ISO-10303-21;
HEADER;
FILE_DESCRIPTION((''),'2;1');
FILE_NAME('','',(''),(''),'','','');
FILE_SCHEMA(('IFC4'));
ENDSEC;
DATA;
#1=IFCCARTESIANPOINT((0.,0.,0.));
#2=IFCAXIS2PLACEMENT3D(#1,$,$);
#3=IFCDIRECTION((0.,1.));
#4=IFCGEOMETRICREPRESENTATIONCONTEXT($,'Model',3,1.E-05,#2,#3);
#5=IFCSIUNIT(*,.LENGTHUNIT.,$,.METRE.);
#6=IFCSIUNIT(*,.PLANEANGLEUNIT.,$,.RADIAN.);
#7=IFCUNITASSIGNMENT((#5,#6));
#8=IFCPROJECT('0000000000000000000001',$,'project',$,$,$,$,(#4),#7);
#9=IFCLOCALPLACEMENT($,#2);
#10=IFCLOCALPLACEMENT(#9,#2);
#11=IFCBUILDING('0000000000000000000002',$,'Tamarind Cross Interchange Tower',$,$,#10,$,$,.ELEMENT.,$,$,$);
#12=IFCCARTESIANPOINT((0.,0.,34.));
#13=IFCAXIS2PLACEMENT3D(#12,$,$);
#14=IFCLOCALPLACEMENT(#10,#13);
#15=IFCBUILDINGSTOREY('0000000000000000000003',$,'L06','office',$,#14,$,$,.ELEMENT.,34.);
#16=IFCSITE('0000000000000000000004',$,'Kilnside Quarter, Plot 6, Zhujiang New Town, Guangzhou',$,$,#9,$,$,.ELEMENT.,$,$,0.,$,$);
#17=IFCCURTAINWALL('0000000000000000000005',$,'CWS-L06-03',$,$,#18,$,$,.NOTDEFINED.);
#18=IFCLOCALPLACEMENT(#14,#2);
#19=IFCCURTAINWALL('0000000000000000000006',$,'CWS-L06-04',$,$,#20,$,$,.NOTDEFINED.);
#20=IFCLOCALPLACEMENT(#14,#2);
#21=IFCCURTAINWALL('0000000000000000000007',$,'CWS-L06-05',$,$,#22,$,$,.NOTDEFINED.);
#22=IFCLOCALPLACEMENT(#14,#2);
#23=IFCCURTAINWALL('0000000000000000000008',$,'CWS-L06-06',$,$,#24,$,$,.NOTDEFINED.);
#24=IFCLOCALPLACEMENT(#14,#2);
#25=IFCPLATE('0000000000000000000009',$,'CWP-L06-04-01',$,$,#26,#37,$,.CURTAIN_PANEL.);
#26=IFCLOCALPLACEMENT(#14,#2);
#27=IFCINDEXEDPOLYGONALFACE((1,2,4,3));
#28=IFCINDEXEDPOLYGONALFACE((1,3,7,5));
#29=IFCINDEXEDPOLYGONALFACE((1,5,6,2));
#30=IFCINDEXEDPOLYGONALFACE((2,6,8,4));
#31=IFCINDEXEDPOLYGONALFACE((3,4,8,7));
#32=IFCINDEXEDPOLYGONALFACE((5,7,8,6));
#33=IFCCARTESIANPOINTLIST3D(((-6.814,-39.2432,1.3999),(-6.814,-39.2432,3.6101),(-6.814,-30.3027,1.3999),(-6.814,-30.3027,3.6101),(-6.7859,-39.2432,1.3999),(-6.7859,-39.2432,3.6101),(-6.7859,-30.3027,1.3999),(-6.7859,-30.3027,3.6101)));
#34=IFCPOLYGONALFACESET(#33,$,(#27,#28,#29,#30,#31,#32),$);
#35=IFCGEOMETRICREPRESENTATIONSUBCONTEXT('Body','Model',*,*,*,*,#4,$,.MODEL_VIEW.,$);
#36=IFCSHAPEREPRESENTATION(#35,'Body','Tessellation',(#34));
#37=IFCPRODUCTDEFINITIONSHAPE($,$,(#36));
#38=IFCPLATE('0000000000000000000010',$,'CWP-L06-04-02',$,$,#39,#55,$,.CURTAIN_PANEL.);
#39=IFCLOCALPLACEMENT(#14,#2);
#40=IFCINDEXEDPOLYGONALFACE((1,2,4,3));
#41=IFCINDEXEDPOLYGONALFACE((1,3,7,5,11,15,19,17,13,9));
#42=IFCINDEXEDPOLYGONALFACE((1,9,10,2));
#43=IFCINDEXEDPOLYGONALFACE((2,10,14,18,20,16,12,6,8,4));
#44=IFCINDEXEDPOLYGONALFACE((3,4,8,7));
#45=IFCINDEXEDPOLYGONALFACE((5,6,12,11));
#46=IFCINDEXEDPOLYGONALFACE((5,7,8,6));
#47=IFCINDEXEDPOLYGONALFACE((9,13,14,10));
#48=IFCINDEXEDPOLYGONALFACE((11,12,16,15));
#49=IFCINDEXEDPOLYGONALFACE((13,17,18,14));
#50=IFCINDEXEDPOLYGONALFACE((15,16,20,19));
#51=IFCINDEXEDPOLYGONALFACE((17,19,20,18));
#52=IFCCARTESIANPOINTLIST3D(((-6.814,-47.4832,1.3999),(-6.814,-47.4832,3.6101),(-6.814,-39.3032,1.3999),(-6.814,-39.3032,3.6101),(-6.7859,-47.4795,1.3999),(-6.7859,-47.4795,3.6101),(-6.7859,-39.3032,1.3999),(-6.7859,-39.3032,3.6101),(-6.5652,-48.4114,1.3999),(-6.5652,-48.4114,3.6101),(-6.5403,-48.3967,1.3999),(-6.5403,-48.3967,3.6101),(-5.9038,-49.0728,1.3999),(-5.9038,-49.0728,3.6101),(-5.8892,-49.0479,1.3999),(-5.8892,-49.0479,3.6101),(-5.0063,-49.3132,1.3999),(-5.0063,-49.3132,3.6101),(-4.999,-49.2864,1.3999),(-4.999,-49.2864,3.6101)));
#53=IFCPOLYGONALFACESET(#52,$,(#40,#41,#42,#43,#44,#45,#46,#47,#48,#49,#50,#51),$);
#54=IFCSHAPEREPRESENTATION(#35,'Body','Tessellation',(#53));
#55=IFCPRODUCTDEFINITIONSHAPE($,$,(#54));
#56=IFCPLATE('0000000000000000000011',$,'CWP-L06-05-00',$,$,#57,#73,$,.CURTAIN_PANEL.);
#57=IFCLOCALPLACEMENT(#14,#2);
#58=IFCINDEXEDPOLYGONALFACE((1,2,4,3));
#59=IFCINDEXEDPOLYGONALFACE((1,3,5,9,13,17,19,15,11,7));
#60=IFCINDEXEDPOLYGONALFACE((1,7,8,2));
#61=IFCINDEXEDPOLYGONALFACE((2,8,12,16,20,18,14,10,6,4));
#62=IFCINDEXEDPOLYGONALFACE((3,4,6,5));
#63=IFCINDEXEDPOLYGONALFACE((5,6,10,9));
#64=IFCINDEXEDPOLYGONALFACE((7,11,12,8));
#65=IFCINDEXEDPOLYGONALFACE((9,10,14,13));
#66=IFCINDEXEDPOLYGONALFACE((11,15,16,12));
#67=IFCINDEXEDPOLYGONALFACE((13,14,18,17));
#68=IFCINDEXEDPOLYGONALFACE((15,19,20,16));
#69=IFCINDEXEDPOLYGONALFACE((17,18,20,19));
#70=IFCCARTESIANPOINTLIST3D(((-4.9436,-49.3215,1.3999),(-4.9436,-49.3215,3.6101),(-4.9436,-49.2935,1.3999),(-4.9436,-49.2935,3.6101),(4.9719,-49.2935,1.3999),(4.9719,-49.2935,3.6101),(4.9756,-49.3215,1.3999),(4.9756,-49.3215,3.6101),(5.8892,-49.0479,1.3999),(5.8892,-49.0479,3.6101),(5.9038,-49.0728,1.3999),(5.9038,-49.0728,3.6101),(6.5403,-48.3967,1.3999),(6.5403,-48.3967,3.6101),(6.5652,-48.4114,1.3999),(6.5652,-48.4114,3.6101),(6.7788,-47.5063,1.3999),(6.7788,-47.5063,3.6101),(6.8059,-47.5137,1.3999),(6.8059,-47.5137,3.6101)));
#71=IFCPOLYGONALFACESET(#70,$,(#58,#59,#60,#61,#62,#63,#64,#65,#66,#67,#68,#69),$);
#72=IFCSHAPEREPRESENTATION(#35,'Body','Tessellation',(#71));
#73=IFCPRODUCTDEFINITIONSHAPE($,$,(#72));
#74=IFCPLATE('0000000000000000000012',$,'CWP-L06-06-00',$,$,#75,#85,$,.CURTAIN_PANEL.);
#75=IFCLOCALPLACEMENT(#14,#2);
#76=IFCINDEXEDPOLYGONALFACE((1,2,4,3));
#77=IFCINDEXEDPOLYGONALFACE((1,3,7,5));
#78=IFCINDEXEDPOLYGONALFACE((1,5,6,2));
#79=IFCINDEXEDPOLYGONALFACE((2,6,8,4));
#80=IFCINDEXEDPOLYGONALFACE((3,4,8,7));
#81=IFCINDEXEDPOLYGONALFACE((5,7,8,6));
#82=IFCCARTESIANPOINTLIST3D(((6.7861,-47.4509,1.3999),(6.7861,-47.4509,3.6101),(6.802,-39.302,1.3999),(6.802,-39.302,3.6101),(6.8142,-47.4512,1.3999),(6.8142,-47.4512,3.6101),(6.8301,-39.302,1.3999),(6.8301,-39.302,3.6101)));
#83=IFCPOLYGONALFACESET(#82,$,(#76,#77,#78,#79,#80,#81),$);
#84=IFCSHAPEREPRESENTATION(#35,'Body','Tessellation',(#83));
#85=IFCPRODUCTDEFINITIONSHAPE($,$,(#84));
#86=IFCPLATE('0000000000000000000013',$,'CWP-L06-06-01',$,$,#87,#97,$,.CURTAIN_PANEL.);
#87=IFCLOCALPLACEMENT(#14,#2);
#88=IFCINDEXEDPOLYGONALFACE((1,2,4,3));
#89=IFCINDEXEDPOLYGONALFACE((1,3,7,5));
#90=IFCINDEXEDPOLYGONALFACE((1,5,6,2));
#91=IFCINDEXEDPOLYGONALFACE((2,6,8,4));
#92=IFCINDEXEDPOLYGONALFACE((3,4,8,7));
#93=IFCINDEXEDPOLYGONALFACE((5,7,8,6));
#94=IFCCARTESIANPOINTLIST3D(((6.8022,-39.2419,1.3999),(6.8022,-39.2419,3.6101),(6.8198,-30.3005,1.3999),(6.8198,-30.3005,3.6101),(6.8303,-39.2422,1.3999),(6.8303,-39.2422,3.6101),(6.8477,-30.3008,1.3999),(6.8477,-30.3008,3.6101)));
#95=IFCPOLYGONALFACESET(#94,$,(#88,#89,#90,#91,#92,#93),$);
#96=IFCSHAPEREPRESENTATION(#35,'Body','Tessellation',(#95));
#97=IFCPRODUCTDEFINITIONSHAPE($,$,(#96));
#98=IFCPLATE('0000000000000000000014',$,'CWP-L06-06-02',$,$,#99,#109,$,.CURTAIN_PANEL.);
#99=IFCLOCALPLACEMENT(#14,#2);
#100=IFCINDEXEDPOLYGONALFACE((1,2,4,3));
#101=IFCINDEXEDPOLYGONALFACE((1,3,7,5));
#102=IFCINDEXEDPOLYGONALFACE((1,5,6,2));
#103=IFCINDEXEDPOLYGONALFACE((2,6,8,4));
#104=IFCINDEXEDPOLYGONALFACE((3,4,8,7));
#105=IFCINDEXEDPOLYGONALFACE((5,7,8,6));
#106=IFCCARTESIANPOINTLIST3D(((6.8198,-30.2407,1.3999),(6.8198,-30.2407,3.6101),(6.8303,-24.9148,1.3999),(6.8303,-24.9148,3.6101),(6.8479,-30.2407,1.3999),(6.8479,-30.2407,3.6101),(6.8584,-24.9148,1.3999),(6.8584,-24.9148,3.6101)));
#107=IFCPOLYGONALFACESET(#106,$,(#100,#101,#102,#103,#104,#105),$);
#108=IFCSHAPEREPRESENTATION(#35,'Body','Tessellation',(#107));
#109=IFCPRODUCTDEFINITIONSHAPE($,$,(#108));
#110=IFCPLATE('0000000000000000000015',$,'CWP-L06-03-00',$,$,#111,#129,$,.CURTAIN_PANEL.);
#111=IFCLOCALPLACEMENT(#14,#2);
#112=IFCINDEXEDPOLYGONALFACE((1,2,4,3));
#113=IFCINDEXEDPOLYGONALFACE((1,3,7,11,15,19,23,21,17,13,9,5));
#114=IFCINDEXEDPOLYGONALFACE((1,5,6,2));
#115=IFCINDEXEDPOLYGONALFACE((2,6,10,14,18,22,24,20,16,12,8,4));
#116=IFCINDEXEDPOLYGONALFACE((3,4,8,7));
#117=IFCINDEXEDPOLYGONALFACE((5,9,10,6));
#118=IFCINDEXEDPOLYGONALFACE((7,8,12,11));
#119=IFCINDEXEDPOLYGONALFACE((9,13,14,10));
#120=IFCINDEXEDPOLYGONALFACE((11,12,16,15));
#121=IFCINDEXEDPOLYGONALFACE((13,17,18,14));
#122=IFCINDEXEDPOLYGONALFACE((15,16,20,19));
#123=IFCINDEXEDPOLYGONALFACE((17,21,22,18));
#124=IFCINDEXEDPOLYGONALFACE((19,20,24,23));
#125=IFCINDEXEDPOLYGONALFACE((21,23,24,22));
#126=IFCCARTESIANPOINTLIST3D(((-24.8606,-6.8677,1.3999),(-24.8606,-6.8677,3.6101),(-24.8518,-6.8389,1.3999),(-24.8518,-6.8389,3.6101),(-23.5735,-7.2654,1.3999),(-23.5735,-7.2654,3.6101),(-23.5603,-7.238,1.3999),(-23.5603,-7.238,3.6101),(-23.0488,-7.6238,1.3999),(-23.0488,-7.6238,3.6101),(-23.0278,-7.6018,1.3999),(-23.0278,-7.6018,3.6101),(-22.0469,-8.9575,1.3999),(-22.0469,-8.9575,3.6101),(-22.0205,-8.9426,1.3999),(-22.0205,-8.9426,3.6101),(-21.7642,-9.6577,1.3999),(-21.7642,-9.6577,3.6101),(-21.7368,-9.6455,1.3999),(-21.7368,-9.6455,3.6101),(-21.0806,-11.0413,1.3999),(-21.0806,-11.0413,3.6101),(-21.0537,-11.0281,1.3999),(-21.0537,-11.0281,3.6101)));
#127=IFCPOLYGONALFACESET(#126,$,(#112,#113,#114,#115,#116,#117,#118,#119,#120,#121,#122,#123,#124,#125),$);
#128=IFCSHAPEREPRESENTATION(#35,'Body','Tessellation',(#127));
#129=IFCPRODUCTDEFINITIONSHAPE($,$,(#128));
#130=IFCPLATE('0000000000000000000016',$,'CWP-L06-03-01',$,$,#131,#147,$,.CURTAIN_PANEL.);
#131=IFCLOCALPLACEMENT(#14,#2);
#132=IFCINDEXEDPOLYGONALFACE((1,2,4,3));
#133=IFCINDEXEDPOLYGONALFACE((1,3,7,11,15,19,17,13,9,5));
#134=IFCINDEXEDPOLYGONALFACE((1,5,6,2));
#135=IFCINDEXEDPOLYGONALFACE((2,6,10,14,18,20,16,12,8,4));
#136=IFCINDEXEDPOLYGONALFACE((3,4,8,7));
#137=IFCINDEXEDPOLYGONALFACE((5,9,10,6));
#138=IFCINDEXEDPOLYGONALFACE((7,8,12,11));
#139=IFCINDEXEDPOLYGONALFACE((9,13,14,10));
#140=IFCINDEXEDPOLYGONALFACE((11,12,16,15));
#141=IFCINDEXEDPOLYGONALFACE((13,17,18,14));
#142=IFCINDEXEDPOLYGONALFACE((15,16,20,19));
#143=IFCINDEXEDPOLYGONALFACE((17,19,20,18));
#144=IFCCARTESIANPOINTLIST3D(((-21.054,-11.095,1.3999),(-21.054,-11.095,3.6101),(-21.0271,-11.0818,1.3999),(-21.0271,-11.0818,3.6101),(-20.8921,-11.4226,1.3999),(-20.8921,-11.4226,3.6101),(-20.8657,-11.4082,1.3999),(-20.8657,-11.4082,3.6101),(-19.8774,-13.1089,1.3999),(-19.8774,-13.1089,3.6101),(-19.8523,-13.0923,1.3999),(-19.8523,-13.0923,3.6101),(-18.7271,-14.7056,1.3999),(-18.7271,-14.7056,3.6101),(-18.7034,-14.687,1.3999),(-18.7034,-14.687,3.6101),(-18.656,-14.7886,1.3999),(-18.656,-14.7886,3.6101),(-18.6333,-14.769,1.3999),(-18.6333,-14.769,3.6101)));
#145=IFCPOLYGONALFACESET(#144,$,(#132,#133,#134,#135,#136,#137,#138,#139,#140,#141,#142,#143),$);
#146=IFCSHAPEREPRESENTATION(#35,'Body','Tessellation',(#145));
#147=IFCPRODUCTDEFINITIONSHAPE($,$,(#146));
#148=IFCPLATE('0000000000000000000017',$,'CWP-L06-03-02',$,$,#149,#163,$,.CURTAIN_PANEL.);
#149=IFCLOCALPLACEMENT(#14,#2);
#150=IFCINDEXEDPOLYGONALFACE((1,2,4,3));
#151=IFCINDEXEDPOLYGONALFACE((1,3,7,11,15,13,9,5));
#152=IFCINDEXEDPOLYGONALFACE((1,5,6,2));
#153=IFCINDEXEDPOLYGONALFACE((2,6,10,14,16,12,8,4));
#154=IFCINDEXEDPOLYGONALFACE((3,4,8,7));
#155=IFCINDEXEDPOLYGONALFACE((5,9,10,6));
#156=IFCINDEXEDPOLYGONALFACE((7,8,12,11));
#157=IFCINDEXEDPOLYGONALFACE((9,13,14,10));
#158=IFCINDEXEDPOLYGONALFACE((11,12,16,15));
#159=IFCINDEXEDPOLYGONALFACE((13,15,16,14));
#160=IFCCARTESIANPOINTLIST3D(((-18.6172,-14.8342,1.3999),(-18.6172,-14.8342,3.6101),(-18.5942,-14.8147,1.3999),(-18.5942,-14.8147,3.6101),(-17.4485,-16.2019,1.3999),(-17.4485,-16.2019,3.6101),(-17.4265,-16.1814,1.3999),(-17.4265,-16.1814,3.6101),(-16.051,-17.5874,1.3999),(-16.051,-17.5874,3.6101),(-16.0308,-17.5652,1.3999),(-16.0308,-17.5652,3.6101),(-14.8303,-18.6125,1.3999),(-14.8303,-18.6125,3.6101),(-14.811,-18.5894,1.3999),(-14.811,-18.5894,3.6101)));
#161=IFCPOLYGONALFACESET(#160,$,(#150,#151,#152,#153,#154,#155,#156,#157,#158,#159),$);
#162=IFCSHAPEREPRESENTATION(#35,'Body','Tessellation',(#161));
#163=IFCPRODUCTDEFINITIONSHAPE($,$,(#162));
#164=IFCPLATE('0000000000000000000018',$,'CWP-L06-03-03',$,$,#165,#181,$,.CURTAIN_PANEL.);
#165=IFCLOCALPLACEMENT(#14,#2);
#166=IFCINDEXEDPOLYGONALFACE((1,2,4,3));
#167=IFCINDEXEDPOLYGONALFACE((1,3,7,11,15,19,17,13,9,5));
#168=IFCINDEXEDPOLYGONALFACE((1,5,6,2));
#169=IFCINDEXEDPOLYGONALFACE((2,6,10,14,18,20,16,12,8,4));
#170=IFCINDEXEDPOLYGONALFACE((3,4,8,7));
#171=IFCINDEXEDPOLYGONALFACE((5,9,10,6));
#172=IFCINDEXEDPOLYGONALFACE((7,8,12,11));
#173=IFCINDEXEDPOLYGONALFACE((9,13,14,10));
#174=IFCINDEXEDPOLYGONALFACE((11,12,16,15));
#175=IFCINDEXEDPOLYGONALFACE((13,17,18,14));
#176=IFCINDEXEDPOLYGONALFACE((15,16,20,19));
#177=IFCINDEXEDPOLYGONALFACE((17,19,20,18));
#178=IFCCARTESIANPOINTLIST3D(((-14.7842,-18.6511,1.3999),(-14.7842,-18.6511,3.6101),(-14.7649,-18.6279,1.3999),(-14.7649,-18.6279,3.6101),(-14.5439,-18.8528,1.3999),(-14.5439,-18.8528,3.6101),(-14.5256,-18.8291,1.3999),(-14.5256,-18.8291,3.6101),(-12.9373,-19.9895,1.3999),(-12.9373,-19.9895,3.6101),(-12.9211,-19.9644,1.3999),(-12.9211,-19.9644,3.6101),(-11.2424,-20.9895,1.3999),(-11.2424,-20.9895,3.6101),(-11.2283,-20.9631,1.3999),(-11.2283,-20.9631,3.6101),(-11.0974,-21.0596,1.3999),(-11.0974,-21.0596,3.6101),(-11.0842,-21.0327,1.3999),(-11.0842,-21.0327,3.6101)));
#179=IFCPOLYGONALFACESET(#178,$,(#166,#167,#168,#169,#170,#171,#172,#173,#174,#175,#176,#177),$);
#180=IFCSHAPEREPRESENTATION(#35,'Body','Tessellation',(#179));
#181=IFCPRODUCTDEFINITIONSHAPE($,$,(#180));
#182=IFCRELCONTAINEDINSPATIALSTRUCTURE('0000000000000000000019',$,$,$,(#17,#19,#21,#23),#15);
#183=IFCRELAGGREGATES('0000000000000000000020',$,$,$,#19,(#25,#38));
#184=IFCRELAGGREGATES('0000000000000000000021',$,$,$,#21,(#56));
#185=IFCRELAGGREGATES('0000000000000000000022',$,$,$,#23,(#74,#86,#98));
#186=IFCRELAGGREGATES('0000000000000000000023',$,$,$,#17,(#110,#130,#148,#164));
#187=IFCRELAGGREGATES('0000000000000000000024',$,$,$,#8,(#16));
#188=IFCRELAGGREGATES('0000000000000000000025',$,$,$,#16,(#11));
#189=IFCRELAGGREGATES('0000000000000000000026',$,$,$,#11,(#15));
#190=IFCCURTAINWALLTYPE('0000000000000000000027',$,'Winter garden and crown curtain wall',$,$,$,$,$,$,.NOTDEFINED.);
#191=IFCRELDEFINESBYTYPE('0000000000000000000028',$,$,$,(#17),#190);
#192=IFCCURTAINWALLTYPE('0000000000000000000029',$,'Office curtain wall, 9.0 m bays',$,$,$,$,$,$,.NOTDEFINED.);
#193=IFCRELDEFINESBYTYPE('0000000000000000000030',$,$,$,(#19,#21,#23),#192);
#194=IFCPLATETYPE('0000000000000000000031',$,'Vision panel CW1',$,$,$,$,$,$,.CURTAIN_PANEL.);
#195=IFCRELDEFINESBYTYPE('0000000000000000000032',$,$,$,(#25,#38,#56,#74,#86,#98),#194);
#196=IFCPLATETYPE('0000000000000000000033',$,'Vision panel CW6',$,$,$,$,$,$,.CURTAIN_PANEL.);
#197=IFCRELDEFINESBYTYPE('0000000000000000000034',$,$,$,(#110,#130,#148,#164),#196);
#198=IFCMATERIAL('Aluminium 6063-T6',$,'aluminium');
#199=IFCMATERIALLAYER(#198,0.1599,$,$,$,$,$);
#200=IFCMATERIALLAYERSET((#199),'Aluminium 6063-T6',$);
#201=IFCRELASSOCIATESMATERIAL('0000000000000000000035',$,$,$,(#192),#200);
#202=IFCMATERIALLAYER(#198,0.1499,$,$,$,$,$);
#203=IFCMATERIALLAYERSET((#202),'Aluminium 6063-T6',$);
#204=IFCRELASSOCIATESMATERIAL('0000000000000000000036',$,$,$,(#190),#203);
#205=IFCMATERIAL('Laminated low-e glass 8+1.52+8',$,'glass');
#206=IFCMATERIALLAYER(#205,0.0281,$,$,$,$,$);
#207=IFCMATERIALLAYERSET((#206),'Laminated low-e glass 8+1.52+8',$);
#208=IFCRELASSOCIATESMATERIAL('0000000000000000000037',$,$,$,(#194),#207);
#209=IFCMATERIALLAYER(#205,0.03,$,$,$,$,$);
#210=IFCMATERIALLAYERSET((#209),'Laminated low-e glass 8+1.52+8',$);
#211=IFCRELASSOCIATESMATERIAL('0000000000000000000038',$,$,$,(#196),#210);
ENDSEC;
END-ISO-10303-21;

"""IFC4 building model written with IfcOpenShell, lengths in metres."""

from ifc_helpers import new_model, si_unit, direction, frame, origin, place, context, subcontext, project, spatial, polyline, outline, extrude, material, layer, layer_set, type_object, element, aggregate, save


model = new_model("IFC4")

# Units and contexts
model_context = context("Model", 3, precision=1e-05, world=origin(), true_north=direction((0.0, 1.0)))
body_context = subcontext(model_context, "Body", "Model", "MODEL_VIEW")
ifc_project = project(units=[si_unit("LENGTHUNIT", "METRE"), si_unit("PLANEANGLEUNIT", "RADIAN")], contexts=[model_context])

# Site, building, storey
site_placement = place(None, origin())
site = spatial("IfcSite", under=ifc_project, at=site_placement, Name="Kilnside Quarter, Plot 6, Zhujiang New Town, Guangzhou", CompositionType="ELEMENT", RefElevation=0.0)
building_placement = place(site_placement, origin())
building = spatial("IfcBuilding", under=site, at=building_placement, Name="Tamarind Cross Interchange Tower", CompositionType="ELEMENT")
storey_placement = place(building_placement, frame((0.0, 0.0, 34.0)))
storey = spatial("IfcBuildingStorey", under=building, at=storey_placement, Name="L06", Description="office", CompositionType="ELEMENT", Elevation=34.0)

# Curtain walls
ifc_material_1 = material(Name="Aluminium 6063-T6", Category="aluminium")
ifc_layer_1 = layer(ifc_material_1, 0.1599)
ifc_layer_set_1 = layer_set([ifc_layer_1], Name="Aluminium 6063-T6")
curtain_wall_type_1 = type_object("IfcCurtainWallType", Name="Office curtain wall, 9.0 m bays", PredefinedType="NOTDEFINED", material=ifc_layer_set_1)
ifc_layer_2 = layer(ifc_material_1, 0.1499)
ifc_layer_set_2 = layer_set([ifc_layer_2], Name="Aluminium 6063-T6")
curtain_wall_type_2 = type_object("IfcCurtainWallType", Name="Winter garden and crown curtain wall", PredefinedType="NOTDEFINED", material=ifc_layer_set_2)
curtain_wall_1_placement = place(storey_placement, origin())
curtain_wall_1 = element("IfcCurtainWall", 1, at=curtain_wall_1_placement, inside=storey, type_object=curtain_wall_type_2, Name="CWS-L06-03", PredefinedType="NOTDEFINED")
curtain_wall_2_placement = place(storey_placement, origin())
curtain_wall_2 = element("IfcCurtainWall", 2, at=curtain_wall_2_placement, inside=storey, type_object=curtain_wall_type_1, Name="CWS-L06-04", PredefinedType="NOTDEFINED")
curtain_wall_3_placement = place(storey_placement, origin())
curtain_wall_3 = element("IfcCurtainWall", 3, at=curtain_wall_3_placement, inside=storey, type_object=curtain_wall_type_1, Name="CWS-L06-05", PredefinedType="NOTDEFINED")
curtain_wall_4_placement = place(storey_placement, origin())
curtain_wall_4 = element("IfcCurtainWall", 4, at=curtain_wall_4_placement, inside=storey, type_object=curtain_wall_type_1, Name="CWS-L06-06", PredefinedType="NOTDEFINED")

# Plates
ifc_material_2 = material(Name="Laminated low-e glass 8+1.52+8", Category="glass")
ifc_layer_3 = layer(ifc_material_2, 0.0281)
ifc_layer_set_3 = layer_set([ifc_layer_3], Name="Laminated low-e glass 8+1.52+8")
plate_type_1 = type_object("IfcPlateType", Name="Vision panel CW1", PredefinedType="CURTAIN_PANEL", material=ifc_layer_set_3)
plate_1_placement = place(storey_placement, frame((0.0, 0.0, 1.3999)))
plate_1 = element("IfcPlate", 5, at=plate_1_placement, type_object=plate_type_1, Name="CWP-L06-04-01", PredefinedType="CURTAIN_PANEL", context=body_context, shape_type="SweptSolid", body=[
    extrude(outline(polyline([(-6.7859, -30.3027), (-6.7859, -39.2432), (-6.814, -39.2432), (-6.814, -30.3027), (-6.7859, -30.3027)])), origin(), (0.0, 0.0, 1.0), 2.2102),
])
plate_2_placement = place(storey_placement, frame((0.0, 0.0, 1.3999)))
plate_2 = element("IfcPlate", 6, at=plate_2_placement, type_object=plate_type_1, Name="CWP-L06-04-02", PredefinedType="CURTAIN_PANEL", context=body_context, shape_type="SweptSolid", body=[
    extrude(outline(polyline([(-6.7859, -39.3032), (-6.7859, -47.4795), (-6.5403, -48.3967), (-5.8892, -49.0479), (-4.999, -49.2864), (-5.0063, -49.3132), (-5.9038, -49.0728), (-6.5652, -48.4114), (-6.814, -47.4832), (-6.814, -39.3032), (-6.7859, -39.3032)])), origin(), (0.0, 0.0, 1.0), 2.2102),
])
aggregate(curtain_wall_2, [plate_1, plate_2])
plate_3_placement = place(storey_placement, frame((0.0, 0.0, 1.3999)))
plate_3 = element("IfcPlate", 7, at=plate_3_placement, type_object=plate_type_1, Name="CWP-L06-05-00", PredefinedType="CURTAIN_PANEL", context=body_context, shape_type="SweptSolid", body=[
    extrude(outline(polyline([(-4.9436, -49.2935), (4.9719, -49.2935), (5.8892, -49.0479), (6.5403, -48.3967), (6.7788, -47.5063), (6.8059, -47.5137), (6.5652, -48.4114), (5.9038, -49.0728), (4.9756, -49.3215), (-4.9436, -49.3215), (-4.9436, -49.2935)])), origin(), (0.0, 0.0, 1.0), 2.2102),
])
aggregate(curtain_wall_3, [plate_3])
plate_4_placement = place(storey_placement, frame((0.0, 0.0, 1.3999)))
plate_4 = element("IfcPlate", 8, at=plate_4_placement, type_object=plate_type_1, Name="CWP-L06-06-00", PredefinedType="CURTAIN_PANEL", context=body_context, shape_type="SweptSolid", body=[
    extrude(outline(polyline([(6.7861, -47.4509), (6.802, -39.302), (6.8301, -39.302), (6.8142, -47.4512), (6.7861, -47.4509)])), origin(), (0.0, 0.0, 1.0), 2.2102),
])
plate_5_placement = place(storey_placement, frame((0.0, 0.0, 1.3999)))
plate_5 = element("IfcPlate", 9, at=plate_5_placement, type_object=plate_type_1, Name="CWP-L06-06-01", PredefinedType="CURTAIN_PANEL", context=body_context, shape_type="SweptSolid", body=[
    extrude(outline(polyline([(6.8022, -39.2419), (6.8198, -30.3005), (6.8477, -30.3008), (6.8303, -39.2422), (6.8022, -39.2419)])), origin(), (0.0, 0.0, 1.0), 2.2102),
])
plate_6_placement = place(storey_placement, frame((0.0, 0.0, 1.3999)))
plate_6 = element("IfcPlate", 10, at=plate_6_placement, type_object=plate_type_1, Name="CWP-L06-06-02", PredefinedType="CURTAIN_PANEL", context=body_context, shape_type="SweptSolid", body=[
    extrude(outline(polyline([(6.8198, -30.2407), (6.8303, -24.9148), (6.8584, -24.9148), (6.8479, -30.2407), (6.8198, -30.2407)])), origin(), (0.0, 0.0, 1.0), 2.2102),
])
aggregate(curtain_wall_4, [plate_4, plate_5, plate_6])
ifc_layer_4 = layer(ifc_material_2, 0.03)
ifc_layer_set_4 = layer_set([ifc_layer_4], Name="Laminated low-e glass 8+1.52+8")
plate_type_2 = type_object("IfcPlateType", Name="Vision panel CW6", PredefinedType="CURTAIN_PANEL", material=ifc_layer_set_4)
plate_7_placement = place(storey_placement, frame((0.0, 0.0, 1.3999)))
plate_7 = element("IfcPlate", 11, at=plate_7_placement, type_object=plate_type_2, Name="CWP-L06-03-00", PredefinedType="CURTAIN_PANEL", context=body_context, shape_type="SweptSolid", body=[
    extrude(outline(polyline([(-24.8518, -6.8389), (-23.5603, -7.238), (-23.0278, -7.6018), (-22.0205, -8.9426), (-21.7368, -9.6455), (-21.0537, -11.0281), (-21.0806, -11.0413), (-21.7642, -9.6577), (-22.0469, -8.9575), (-23.0488, -7.6238), (-23.5735, -7.2654), (-24.8606, -6.8677), (-24.8518, -6.8389)])), origin(), (0.0, 0.0, 1.0), 2.2102),
])
plate_8_placement = place(storey_placement, frame((0.0, 0.0, 1.3999)))
plate_8 = element("IfcPlate", 12, at=plate_8_placement, type_object=plate_type_2, Name="CWP-L06-03-01", PredefinedType="CURTAIN_PANEL", context=body_context, shape_type="SweptSolid", body=[
    extrude(outline(polyline([(-21.0271, -11.0818), (-20.8657, -11.4082), (-19.8523, -13.0923), (-18.7034, -14.687), (-18.6333, -14.769), (-18.656, -14.7886), (-18.7271, -14.7056), (-19.8774, -13.1089), (-20.8921, -11.4226), (-21.054, -11.095), (-21.0271, -11.0818)])), origin(), (0.0, 0.0, 1.0), 2.2102),
])
plate_9_placement = place(storey_placement, frame((0.0, 0.0, 1.3999)))
plate_9 = element("IfcPlate", 13, at=plate_9_placement, type_object=plate_type_2, Name="CWP-L06-03-02", PredefinedType="CURTAIN_PANEL", context=body_context, shape_type="SweptSolid", body=[
    extrude(outline(polyline([(-18.5942, -14.8147), (-17.4265, -16.1814), (-16.0308, -17.5652), (-14.811, -18.5894), (-14.8303, -18.6125), (-16.051, -17.5874), (-17.4485, -16.2019), (-18.6172, -14.8342), (-18.5942, -14.8147)])), origin(), (0.0, 0.0, 1.0), 2.2102),
])
plate_10_placement = place(storey_placement, frame((0.0, 0.0, 1.3999)))
plate_10 = element("IfcPlate", 14, at=plate_10_placement, type_object=plate_type_2, Name="CWP-L06-03-03", PredefinedType="CURTAIN_PANEL", context=body_context, shape_type="SweptSolid", body=[
    extrude(outline(polyline([(-14.7649, -18.6279), (-14.5256, -18.8291), (-12.9211, -19.9644), (-11.2283, -20.9631), (-11.0842, -21.0327), (-11.0974, -21.0596), (-11.2424, -20.9895), (-12.9373, -19.9895), (-14.5439, -18.8528), (-14.7842, -18.6511), (-14.7649, -18.6279)])), origin(), (0.0, 0.0, 1.0), 2.2102),
])
aggregate(curtain_wall_1, [plate_7, plate_8, plate_9, plate_10])

save(model, "model.ifc")
